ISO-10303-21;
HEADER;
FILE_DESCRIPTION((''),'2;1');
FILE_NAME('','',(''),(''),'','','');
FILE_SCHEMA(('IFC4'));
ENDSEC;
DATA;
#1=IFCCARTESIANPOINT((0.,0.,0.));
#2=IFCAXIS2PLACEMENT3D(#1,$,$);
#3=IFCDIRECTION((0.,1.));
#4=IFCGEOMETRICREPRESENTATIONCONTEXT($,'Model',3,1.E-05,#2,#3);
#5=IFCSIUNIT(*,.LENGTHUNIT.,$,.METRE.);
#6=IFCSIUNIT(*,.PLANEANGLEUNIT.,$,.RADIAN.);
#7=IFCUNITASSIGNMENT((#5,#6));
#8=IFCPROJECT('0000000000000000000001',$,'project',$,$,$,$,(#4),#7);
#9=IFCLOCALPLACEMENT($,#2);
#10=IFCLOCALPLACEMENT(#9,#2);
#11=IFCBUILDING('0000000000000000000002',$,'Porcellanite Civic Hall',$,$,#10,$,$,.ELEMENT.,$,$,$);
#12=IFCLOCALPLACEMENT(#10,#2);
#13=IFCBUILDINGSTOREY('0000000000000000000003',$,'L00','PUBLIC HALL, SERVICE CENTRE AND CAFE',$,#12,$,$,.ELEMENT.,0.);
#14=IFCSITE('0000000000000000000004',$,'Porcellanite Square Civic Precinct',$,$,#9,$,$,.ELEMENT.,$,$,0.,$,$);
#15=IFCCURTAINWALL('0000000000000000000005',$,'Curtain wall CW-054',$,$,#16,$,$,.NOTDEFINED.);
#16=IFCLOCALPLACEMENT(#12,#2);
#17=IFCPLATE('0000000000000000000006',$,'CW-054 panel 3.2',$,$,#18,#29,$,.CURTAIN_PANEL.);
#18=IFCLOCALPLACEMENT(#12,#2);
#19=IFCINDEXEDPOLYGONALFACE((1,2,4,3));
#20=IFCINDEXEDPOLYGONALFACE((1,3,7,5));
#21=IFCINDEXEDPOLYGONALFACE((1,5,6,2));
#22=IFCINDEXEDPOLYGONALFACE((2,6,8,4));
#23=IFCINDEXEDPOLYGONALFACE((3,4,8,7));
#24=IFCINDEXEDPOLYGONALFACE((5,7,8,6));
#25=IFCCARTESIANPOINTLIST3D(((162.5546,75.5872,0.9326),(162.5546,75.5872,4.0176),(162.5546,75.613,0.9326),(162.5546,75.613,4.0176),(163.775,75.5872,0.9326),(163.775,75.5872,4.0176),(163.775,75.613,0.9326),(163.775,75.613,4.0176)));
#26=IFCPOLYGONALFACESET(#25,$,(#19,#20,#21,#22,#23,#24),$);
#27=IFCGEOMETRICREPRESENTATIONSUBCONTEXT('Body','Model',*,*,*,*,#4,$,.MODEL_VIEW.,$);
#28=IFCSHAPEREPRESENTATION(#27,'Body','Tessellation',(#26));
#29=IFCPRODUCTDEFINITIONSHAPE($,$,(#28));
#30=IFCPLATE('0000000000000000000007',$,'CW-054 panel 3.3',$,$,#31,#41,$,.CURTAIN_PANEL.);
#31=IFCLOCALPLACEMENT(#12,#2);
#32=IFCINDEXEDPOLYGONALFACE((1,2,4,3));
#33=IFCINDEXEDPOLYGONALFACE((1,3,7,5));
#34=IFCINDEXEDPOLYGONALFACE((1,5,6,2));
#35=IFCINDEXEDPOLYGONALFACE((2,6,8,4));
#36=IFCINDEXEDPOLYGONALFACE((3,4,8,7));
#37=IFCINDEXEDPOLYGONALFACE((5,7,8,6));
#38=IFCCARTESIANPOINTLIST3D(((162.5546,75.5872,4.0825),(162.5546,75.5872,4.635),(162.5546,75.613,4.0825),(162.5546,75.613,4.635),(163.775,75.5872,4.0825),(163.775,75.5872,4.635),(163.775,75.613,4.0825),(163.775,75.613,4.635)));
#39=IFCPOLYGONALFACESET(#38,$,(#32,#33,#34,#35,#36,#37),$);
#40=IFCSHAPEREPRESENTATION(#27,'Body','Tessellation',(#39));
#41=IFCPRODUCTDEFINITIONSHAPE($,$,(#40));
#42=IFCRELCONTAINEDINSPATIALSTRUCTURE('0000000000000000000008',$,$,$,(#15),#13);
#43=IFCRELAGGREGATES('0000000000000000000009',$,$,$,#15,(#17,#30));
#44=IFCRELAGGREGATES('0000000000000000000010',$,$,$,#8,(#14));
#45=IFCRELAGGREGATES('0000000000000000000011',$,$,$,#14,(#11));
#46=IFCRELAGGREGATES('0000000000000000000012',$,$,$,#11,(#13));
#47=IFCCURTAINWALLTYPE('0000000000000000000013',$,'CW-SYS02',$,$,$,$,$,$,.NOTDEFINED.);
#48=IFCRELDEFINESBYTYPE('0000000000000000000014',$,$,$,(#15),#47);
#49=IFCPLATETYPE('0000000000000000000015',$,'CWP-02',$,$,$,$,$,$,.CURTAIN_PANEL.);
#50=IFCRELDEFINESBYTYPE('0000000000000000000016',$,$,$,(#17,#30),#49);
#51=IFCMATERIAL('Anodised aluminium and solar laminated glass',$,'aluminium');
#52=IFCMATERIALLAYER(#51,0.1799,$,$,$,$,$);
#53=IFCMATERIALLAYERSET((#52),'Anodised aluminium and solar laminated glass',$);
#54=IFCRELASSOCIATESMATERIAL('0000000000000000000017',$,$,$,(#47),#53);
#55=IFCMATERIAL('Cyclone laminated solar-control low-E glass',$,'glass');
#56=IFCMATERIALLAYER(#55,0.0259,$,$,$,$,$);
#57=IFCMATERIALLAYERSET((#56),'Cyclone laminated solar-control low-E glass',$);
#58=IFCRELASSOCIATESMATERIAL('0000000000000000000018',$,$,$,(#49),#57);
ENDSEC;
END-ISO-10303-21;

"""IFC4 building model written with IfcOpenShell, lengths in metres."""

from ifc_helpers import new_model, si_unit, direction, frame, origin, origin_2d, place, context, subcontext, project, spatial, rectangle, extrude, material, layer, layer_set, type_object, element, aggregate, save


model = new_model("IFC4")

# Units and contexts
model_context = context("Model", 3, precision=1e-05, world=origin(), true_north=direction((0.0, 1.0)))
body_context = subcontext(model_context, "Body", "Model", "MODEL_VIEW")
ifc_project = project(units=[si_unit("LENGTHUNIT", "METRE"), si_unit("PLANEANGLEUNIT", "RADIAN")], contexts=[model_context])

# Site, building, storey
site_placement = place(None, origin())
site = spatial("IfcSite", under=ifc_project, at=site_placement, Name="Porcellanite Square Civic Precinct", CompositionType="ELEMENT", RefElevation=0.0)
building_placement = place(site_placement, origin())
building = spatial("IfcBuilding", under=site, at=building_placement, Name="Porcellanite Civic Hall", CompositionType="ELEMENT")
storey_placement = place(building_placement, origin())
storey = spatial("IfcBuildingStorey", under=building, at=storey_placement, Name="L00", Description="PUBLIC HALL, SERVICE CENTRE AND CAFE", CompositionType="ELEMENT", Elevation=0.0)

# Curtain wall, plates
ifc_material_1 = material(Name="Anodised aluminium and solar laminated glass", Category="aluminium")
ifc_layer_1 = layer(ifc_material_1, 0.1799)
ifc_layer_set_1 = layer_set([ifc_layer_1], Name="Anodised aluminium and solar laminated glass")
curtain_wall_type = type_object("IfcCurtainWallType", Name="CW-SYS02", PredefinedType="NOTDEFINED", material=ifc_layer_set_1)
curtain_wall_placement = place(storey_placement, origin())
curtain_wall = element("IfcCurtainWall", 1, at=curtain_wall_placement, inside=storey, type_object=curtain_wall_type, Name="Curtain wall CW-054", PredefinedType="NOTDEFINED")
ifc_material_2 = material(Name="Cyclone laminated solar-control low-E glass", Category="glass")
ifc_layer_2 = layer(ifc_material_2, 0.0259)
ifc_layer_set_2 = layer_set([ifc_layer_2], Name="Cyclone laminated solar-control low-E glass")
plate_type = type_object("IfcPlateType", Name="CWP-02", PredefinedType="CURTAIN_PANEL", material=ifc_layer_set_2)
plate_1_placement = place(storey_placement, frame((163.1648, 75.6001, 0.9326), z_axis=(0.0, 0.0, 1.0), x_axis=(1.0, 0.0, 0.0)))
plate_1 = element("IfcPlate", 2, at=plate_1_placement, type_object=plate_type, Name="CW-054 panel 3.2", PredefinedType="CURTAIN_PANEL", context=body_context, shape_type="SweptSolid", body=[
    extrude(rectangle(XDim=1.2205, YDim=0.0259, at=origin_2d()), origin(), (0.0, 0.0, 1.0), 3.085),
])
plate_2_placement = place(storey_placement, frame((163.1648, 75.6001, 4.0825), z_axis=(0.0, 0.0, 1.0), x_axis=(1.0, 0.0, 0.0)))
plate_2 = element("IfcPlate", 3, at=plate_2_placement, type_object=plate_type, Name="CW-054 panel 3.3", PredefinedType="CURTAIN_PANEL", context=body_context, shape_type="SweptSolid", body=[
    extrude(rectangle(XDim=1.2205, YDim=0.0259, at=origin_2d()), origin(), (0.0, 0.0, 1.0), 0.5525),
])
aggregate(curtain_wall, [plate_1, plate_2])

save(model, "model.ifc")
